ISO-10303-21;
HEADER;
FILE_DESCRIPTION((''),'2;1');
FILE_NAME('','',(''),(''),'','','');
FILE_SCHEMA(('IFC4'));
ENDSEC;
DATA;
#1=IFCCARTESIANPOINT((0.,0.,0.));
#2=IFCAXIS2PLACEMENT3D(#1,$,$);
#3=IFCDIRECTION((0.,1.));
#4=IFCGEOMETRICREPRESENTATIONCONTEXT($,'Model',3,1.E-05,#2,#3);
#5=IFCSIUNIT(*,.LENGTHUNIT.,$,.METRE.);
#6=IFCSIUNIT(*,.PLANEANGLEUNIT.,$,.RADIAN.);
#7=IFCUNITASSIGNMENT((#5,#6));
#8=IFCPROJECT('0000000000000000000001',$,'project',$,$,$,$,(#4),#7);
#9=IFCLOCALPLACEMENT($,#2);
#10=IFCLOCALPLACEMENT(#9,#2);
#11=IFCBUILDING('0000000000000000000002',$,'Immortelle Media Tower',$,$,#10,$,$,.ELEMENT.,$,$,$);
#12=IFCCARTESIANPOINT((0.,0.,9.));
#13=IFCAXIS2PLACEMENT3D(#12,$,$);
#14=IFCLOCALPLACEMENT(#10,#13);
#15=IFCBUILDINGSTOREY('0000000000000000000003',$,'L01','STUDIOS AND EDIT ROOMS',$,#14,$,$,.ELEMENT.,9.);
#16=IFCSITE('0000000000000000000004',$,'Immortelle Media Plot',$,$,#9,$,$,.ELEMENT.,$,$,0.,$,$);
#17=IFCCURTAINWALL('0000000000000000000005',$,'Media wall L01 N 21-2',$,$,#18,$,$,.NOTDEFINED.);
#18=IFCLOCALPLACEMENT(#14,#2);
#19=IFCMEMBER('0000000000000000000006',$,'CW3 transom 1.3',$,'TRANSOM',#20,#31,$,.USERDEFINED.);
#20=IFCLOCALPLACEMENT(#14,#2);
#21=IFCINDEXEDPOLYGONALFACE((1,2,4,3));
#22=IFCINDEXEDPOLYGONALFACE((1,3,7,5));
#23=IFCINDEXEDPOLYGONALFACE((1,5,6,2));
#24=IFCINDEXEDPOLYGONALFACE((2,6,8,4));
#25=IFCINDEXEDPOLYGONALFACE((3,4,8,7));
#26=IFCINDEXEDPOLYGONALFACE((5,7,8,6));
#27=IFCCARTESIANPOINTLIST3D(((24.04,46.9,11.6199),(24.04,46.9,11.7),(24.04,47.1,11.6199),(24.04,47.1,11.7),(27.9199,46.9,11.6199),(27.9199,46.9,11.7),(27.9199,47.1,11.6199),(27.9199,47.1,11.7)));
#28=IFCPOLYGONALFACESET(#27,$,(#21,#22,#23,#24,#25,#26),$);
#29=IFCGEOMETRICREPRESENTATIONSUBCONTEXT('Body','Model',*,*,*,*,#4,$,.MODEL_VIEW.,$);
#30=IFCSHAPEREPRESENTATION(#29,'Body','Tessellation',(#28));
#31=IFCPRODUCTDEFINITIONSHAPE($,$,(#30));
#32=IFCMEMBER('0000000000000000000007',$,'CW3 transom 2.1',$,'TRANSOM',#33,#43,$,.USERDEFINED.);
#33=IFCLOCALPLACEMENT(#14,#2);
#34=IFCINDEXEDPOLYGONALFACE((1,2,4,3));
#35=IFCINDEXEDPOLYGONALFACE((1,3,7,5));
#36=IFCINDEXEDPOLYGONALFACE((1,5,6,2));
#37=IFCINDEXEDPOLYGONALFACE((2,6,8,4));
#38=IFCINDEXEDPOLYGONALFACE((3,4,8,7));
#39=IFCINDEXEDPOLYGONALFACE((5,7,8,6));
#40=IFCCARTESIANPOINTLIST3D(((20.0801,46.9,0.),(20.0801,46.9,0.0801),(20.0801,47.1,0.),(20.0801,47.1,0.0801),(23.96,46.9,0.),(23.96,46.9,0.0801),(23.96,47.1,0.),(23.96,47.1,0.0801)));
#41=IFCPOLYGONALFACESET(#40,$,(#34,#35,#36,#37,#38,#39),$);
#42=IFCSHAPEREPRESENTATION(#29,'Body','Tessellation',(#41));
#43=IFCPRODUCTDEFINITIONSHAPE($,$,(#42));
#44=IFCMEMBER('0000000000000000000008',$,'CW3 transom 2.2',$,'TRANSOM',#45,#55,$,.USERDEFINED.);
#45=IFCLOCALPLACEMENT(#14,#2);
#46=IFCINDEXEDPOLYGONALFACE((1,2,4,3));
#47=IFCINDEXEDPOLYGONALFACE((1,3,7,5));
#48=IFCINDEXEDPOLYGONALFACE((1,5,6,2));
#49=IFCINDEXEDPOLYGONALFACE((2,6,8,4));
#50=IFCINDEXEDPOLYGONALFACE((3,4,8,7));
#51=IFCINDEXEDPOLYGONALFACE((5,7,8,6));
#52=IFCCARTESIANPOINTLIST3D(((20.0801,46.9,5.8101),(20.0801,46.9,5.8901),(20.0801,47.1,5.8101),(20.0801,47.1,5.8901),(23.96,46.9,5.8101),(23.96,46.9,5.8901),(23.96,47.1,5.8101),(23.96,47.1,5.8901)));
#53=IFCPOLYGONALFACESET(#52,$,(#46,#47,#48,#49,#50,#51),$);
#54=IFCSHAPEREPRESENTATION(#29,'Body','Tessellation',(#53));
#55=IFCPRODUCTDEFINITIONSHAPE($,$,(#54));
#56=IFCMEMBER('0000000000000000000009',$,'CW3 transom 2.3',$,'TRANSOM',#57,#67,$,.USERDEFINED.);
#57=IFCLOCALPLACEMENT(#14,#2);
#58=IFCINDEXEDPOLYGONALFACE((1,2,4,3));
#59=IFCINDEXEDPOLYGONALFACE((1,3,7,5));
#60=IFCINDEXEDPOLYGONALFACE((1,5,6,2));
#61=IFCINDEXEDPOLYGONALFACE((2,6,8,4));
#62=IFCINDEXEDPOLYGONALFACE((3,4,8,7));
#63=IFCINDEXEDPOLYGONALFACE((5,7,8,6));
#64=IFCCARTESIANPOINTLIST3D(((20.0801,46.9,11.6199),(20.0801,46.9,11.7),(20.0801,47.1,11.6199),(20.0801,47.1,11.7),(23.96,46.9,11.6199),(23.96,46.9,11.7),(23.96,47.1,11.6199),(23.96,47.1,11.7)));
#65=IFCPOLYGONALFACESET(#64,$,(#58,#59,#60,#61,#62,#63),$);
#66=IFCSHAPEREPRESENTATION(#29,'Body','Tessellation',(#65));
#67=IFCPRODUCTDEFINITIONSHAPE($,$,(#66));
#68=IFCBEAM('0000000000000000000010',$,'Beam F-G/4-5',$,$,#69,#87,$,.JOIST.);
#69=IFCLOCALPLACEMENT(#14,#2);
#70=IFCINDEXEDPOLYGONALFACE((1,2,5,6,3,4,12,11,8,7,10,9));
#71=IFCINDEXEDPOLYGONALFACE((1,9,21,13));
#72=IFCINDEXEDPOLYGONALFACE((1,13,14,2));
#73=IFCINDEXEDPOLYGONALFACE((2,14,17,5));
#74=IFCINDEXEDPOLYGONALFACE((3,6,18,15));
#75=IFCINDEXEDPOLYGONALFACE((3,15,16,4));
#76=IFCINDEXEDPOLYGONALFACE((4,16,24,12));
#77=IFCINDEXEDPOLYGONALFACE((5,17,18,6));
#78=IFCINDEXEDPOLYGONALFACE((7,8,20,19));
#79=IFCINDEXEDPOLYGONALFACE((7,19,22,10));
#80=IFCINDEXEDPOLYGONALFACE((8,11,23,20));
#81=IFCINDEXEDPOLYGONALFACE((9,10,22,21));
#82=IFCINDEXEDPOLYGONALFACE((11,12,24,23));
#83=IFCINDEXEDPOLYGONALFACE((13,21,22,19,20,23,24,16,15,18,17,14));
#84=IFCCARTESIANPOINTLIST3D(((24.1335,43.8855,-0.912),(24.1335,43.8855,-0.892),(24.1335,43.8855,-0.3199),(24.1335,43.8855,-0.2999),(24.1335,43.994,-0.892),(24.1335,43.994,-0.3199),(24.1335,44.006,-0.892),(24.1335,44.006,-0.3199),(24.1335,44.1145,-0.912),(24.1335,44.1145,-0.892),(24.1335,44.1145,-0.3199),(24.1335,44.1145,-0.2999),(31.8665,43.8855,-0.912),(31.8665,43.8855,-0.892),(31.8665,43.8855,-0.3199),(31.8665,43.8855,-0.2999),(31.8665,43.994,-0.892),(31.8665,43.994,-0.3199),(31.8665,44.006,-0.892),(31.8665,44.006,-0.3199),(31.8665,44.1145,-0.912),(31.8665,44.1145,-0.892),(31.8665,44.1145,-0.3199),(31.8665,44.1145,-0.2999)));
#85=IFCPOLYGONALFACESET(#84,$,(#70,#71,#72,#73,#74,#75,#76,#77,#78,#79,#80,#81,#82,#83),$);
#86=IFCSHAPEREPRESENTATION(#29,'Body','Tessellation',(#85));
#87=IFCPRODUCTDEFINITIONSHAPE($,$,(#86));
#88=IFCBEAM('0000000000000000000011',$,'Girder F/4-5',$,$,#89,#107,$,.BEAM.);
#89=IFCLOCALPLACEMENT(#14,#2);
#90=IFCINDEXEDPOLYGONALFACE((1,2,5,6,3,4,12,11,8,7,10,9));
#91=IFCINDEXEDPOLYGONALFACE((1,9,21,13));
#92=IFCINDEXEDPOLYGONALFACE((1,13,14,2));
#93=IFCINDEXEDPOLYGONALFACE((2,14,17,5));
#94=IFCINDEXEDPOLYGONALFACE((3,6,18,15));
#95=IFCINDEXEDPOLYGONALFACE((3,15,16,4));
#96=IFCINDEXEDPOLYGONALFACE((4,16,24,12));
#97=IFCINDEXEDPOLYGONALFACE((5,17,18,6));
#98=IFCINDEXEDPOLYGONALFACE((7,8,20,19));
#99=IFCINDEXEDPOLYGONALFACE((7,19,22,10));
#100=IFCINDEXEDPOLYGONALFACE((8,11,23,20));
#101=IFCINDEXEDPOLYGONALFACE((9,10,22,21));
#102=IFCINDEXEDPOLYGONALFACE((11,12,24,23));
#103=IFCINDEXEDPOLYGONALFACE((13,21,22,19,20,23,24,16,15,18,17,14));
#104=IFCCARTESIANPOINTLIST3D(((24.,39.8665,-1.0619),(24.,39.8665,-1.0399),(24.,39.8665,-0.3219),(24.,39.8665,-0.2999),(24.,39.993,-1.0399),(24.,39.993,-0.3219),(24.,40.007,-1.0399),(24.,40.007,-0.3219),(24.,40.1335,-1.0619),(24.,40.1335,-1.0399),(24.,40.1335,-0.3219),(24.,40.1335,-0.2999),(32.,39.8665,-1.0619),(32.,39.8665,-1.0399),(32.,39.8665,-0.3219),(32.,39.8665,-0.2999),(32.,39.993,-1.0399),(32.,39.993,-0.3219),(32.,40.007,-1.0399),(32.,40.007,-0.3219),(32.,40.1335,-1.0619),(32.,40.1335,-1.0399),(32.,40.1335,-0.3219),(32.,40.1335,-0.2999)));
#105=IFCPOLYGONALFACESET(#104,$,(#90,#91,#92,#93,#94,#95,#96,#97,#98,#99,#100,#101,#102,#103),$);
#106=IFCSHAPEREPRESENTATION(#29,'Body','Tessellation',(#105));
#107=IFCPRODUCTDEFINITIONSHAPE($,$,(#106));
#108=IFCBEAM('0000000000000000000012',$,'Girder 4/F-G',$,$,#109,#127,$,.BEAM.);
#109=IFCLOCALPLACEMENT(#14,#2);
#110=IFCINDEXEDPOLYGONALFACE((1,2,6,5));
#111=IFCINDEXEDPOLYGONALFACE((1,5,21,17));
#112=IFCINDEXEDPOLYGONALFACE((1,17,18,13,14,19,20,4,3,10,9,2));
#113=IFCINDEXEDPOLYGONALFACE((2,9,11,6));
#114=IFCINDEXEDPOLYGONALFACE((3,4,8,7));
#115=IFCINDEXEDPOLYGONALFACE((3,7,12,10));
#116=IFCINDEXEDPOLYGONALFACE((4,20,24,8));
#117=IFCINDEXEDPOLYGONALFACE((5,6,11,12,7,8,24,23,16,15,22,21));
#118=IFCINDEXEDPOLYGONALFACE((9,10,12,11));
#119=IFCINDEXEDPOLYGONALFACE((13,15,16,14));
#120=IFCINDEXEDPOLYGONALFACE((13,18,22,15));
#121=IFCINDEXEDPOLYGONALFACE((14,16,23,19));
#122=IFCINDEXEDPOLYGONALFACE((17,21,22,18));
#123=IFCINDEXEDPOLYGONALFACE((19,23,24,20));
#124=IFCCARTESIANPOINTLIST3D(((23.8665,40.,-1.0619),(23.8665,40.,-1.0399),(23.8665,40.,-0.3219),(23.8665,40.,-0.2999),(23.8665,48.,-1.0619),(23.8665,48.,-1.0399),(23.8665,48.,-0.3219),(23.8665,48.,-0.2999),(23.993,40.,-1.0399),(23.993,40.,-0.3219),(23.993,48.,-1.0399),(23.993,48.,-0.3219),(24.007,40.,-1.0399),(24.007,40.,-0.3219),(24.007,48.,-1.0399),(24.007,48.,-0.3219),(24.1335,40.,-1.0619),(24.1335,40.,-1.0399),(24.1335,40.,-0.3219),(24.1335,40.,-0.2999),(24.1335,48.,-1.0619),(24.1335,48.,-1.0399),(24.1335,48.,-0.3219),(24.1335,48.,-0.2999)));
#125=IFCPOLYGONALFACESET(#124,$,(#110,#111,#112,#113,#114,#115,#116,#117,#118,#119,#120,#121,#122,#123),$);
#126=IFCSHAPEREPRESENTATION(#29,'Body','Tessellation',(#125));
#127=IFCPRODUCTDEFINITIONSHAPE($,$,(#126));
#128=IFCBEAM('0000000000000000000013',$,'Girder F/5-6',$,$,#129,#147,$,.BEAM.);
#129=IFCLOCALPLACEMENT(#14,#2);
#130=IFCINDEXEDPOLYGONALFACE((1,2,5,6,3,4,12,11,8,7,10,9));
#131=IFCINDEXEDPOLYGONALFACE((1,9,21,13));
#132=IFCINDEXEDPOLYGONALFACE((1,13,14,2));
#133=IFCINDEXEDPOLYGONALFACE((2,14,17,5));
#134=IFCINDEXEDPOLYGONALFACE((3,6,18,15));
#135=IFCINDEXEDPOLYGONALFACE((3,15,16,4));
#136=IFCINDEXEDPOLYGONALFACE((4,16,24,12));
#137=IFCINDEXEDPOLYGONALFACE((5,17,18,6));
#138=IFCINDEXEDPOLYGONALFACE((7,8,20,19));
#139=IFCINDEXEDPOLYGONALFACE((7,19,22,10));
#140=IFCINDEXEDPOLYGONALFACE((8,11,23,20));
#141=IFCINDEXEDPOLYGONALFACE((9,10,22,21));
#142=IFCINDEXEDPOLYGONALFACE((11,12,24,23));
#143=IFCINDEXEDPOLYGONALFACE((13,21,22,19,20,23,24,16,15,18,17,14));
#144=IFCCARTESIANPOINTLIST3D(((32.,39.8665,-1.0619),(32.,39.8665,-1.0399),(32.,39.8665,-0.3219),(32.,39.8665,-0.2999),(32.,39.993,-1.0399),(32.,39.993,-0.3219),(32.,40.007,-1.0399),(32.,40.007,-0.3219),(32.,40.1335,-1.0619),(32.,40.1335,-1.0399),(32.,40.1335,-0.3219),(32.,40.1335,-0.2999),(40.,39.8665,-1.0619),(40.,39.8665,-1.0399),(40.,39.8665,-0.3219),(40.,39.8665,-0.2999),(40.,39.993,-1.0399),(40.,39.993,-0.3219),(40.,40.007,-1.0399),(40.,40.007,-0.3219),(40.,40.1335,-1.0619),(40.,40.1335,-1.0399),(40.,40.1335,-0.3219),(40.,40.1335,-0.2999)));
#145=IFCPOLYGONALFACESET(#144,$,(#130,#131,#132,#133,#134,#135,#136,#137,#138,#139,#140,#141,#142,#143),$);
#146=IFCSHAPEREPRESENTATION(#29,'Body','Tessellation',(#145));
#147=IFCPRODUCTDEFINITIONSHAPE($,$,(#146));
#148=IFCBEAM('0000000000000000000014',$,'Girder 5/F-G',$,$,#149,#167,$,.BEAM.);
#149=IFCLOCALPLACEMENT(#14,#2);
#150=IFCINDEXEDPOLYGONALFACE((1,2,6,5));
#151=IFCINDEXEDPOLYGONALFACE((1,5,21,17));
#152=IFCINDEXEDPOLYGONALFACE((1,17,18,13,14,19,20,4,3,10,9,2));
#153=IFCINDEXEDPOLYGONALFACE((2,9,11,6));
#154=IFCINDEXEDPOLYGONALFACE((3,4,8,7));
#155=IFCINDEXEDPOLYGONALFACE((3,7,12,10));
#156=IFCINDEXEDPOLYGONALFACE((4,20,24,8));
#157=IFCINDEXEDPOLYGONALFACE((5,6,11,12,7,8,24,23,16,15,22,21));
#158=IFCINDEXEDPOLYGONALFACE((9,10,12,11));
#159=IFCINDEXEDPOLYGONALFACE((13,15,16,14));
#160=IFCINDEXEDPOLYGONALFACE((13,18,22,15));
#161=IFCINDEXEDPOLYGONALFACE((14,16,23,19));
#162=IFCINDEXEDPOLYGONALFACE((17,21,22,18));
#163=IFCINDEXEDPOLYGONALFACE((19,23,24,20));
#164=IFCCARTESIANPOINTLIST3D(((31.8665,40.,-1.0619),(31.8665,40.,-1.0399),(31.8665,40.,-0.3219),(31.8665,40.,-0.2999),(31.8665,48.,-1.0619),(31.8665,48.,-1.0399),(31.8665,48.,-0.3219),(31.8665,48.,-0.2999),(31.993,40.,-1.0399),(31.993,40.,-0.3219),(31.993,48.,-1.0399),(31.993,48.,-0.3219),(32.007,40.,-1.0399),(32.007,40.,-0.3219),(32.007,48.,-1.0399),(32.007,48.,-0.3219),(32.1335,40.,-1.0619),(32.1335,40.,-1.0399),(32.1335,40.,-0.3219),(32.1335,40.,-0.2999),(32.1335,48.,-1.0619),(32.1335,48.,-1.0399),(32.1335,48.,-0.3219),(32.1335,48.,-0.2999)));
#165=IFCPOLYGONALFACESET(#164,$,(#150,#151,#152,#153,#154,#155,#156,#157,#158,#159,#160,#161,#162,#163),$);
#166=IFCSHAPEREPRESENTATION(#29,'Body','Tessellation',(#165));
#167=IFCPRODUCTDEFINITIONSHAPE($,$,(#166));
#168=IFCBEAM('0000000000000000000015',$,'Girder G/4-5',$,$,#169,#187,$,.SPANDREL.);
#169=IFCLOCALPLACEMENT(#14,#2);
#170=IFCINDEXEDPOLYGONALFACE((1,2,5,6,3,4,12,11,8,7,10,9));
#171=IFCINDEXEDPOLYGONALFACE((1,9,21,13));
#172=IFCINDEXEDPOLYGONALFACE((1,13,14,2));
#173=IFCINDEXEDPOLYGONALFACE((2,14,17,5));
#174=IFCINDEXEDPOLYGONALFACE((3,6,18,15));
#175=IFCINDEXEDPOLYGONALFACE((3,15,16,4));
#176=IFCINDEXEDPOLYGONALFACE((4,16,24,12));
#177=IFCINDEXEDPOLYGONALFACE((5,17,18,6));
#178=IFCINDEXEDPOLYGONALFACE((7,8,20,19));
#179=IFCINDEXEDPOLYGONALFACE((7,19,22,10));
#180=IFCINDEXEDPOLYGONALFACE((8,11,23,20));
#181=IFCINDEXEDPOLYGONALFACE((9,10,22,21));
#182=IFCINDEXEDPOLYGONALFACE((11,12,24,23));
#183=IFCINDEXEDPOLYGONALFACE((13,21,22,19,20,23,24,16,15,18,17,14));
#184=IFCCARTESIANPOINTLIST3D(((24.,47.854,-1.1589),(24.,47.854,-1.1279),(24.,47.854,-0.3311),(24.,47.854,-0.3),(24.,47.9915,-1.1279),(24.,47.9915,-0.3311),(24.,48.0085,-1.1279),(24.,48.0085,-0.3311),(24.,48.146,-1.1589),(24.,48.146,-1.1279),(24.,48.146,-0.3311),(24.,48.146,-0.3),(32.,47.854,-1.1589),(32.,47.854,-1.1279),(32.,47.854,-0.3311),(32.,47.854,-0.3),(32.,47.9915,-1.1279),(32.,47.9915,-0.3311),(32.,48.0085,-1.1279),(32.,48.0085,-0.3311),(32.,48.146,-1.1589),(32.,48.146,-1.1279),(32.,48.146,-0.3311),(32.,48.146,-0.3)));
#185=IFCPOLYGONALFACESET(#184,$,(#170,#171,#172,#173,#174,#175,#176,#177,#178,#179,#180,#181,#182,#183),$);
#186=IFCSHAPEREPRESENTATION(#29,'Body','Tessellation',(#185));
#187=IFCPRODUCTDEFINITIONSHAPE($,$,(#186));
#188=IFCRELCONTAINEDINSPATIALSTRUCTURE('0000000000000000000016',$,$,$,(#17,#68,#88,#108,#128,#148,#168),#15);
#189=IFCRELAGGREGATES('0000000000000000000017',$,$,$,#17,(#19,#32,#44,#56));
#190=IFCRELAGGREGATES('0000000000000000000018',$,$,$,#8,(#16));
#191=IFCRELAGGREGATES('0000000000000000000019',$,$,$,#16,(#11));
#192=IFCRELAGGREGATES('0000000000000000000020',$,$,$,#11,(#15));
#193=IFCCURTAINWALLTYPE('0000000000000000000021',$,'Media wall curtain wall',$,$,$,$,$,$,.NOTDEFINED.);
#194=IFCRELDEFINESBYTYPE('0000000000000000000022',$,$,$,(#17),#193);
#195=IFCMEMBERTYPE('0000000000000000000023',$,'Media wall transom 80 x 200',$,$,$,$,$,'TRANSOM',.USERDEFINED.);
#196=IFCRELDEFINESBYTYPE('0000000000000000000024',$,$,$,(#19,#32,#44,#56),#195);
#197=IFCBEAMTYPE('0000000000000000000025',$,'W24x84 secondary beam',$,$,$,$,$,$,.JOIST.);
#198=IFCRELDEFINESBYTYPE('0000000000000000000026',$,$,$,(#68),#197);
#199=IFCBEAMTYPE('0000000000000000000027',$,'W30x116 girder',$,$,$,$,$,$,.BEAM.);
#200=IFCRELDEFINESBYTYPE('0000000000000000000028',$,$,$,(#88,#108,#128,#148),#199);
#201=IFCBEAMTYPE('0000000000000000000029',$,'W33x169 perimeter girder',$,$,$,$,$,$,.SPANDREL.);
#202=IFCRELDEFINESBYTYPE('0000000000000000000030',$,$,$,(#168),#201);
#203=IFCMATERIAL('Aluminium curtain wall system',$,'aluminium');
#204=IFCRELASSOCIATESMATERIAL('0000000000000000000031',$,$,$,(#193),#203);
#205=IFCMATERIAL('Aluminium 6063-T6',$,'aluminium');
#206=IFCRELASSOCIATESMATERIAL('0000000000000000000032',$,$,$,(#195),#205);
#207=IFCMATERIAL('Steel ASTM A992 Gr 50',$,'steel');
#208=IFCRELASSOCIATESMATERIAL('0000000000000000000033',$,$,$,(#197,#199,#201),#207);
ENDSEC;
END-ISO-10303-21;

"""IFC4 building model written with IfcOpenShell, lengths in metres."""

from ifc_helpers import new_model, si_unit, direction, frame, origin, origin_2d, place, context, subcontext, project, spatial, rectangle, i_section, extrude, material, material_profile, profile_set, type_object, element, aggregate, save


model = new_model("IFC4")

# Units and contexts
model_context = context("Model", 3, precision=1e-05, world=origin(), true_north=direction((0.0, 1.0)))
body_context = subcontext(model_context, "Body", "Model", "MODEL_VIEW")
ifc_project = project(units=[si_unit("LENGTHUNIT", "METRE"), si_unit("PLANEANGLEUNIT", "RADIAN")], contexts=[model_context])

# Site, building, storey
site_placement = place(None, origin())
site = spatial("IfcSite", under=ifc_project, at=site_placement, Name="Immortelle Media Plot", CompositionType="ELEMENT", RefElevation=0.0)
building_placement = place(site_placement, origin())
building = spatial("IfcBuilding", under=site, at=building_placement, Name="Immortelle Media Tower", CompositionType="ELEMENT")
storey_placement = place(building_placement, frame((0.0, 0.0, 9.0)))
storey = spatial("IfcBuildingStorey", under=building, at=storey_placement, Name="L01", Description="STUDIOS AND EDIT ROOMS", CompositionType="ELEMENT", Elevation=9.0)

# Shared definitions
ifc_material_1 = material(Name="Steel ASTM A992 Gr 50", Category="steel")

# Curtain wall, members
ifc_material_2 = material(Name="Aluminium curtain wall system", Category="aluminium")
curtain_wall_type = type_object("IfcCurtainWallType", Name="Media wall curtain wall", PredefinedType="NOTDEFINED", material=ifc_material_2)
curtain_wall_placement = place(storey_placement, origin())
curtain_wall = element("IfcCurtainWall", 1, at=curtain_wall_placement, inside=storey, type_object=curtain_wall_type, Name="Media wall L01 N 21-2", PredefinedType="NOTDEFINED")
ifc_material_3 = material(Name="Aluminium 6063-T6", Category="aluminium")
ifc_material_profile_1 = material_profile(ifc_material_3, rectangle(XDim=0.2, YDim=0.0801, at=origin_2d()), Name="AL 80x200")
ifc_profile_set_1 = profile_set([ifc_material_profile_1], Name="Aluminium 6063-T6")
member_type_1 = type_object("IfcMemberType", Name="Media wall transom 80 x 200", ElementType="TRANSOM", PredefinedType="USERDEFINED", material=ifc_profile_set_1)
member_1_placement = place(storey_placement, frame((27.9199, 47.0, 11.6599), z_axis=(-1.0, 0.0, 0.0), x_axis=(0.0, -1.0, 0.0)))
member_1 = element("IfcMember", 2, at=member_1_placement, type_object=member_type_1, Name="CW3 transom 1.3", ObjectType="TRANSOM", PredefinedType="USERDEFINED", context=body_context, shape_type="SweptSolid", body=[
    extrude(rectangle(XDim=0.2, YDim=0.0801, at=origin_2d()), origin(), (0.0, 0.0, 1.0), 3.8799),
])
member_2_placement = place(storey_placement, frame((23.96, 47.0, 0.04), z_axis=(-1.0, 0.0, 0.0), x_axis=(0.0, -1.0, 0.0)))
member_2 = element("IfcMember", 3, at=member_2_placement, type_object=member_type_1, Name="CW3 transom 2.1", ObjectType="TRANSOM", PredefinedType="USERDEFINED", context=body_context, shape_type="SweptSolid", body=[
    extrude(rectangle(XDim=0.2, YDim=0.0801, at=origin_2d()), origin(), (0.0, 0.0, 1.0), 3.8799),
])
member_3_placement = place(storey_placement, frame((23.96, 47.0, 5.8501), z_axis=(-1.0, 0.0, 0.0), x_axis=(0.0, -1.0, 0.0)))
member_3 = element("IfcMember", 4, at=member_3_placement, type_object=member_type_1, Name="CW3 transom 2.2", ObjectType="TRANSOM", PredefinedType="USERDEFINED", context=body_context, shape_type="SweptSolid", body=[
    extrude(rectangle(XDim=0.2, YDim=0.0801, at=origin_2d()), origin(), (0.0, 0.0, 1.0), 3.8799),
])
member_4_placement = place(storey_placement, frame((23.96, 47.0, 11.6599), z_axis=(-1.0, 0.0, 0.0), x_axis=(0.0, -1.0, 0.0)))
member_4 = element("IfcMember", 5, at=member_4_placement, type_object=member_type_1, Name="CW3 transom 2.3", ObjectType="TRANSOM", PredefinedType="USERDEFINED", context=body_context, shape_type="SweptSolid", body=[
    extrude(rectangle(XDim=0.2, YDim=0.0801, at=origin_2d()), origin(), (0.0, 0.0, 1.0), 3.8799),
])

# Beams
ifc_material_profile_2 = material_profile(ifc_material_1, i_section(OverallWidth=0.229, OverallDepth=0.6121, WebThickness=0.012, FlangeThickness=0.02, at=origin_2d()), Name="W24x84")
ifc_profile_set_2 = profile_set([ifc_material_profile_2], Name="Steel ASTM A992 Gr 50")
beam_type_1 = type_object("IfcBeamType", Name="W24x84 secondary beam", PredefinedType="JOIST", material=ifc_profile_set_2)
beam_placement = place(storey_placement, frame((24.1335, 44.0, -0.606), z_axis=(1.0, 0.0, 0.0), x_axis=(0.0, 1.0, 0.0)))
element("IfcBeam", 6, at=beam_placement, inside=storey, type_object=beam_type_1, Name="Beam F-G/4-5", PredefinedType="JOIST", context=body_context, shape_type="SweptSolid", body=[
    extrude(i_section(OverallWidth=0.229, OverallDepth=0.6121, WebThickness=0.012, FlangeThickness=0.02, at=origin_2d()), origin(), (0.0, 0.0, 1.0), 7.7329),
])
ifc_material_profile_3 = material_profile(ifc_material_1, i_section(OverallWidth=0.2671, OverallDepth=0.762, WebThickness=0.0139, FlangeThickness=0.022, at=origin_2d()), Name="W30x116")
ifc_profile_set_3 = profile_set([ifc_material_profile_3], Name="Steel ASTM A992 Gr 50")
beam_type_2 = type_object("IfcBeamType", Name="W30x116 girder", PredefinedType="BEAM", material=ifc_profile_set_3)
for number, where, z_axis, x_axis, name in (
    (7, (24.0, 40.0, -0.6809), (1.0, 0.0, 0.0), (0.0, 1.0, 0.0), "Girder F/4-5"),
    (8, (24.0, 40.0, -0.6809), (0.0, 1.0, 0.0), (-1.0, 0.0, 0.0), "Girder 4/F-G"),
    (9, (32.0, 40.0, -0.6809), (1.0, 0.0, 0.0), (0.0, 1.0, 0.0), "Girder F/5-6"),
    (10, (32.0, 40.0, -0.6809), (0.0, 1.0, 0.0), (-1.0, 0.0, 0.0), "Girder 5/F-G"),
):
    element("IfcBeam", number, at=place(storey_placement, frame(where, z_axis=z_axis, x_axis=x_axis)), inside=storey, type_object=beam_type_2, Name=name, PredefinedType="BEAM", context=body_context, shape_type="SweptSolid", body=[
        extrude(i_section(OverallWidth=0.2671, OverallDepth=0.762, WebThickness=0.0139, FlangeThickness=0.022, at=origin_2d()), origin(), (0.0, 0.0, 1.0), 8.0),
    ])
ifc_material_profile_4 = material_profile(ifc_material_1, i_section(OverallWidth=0.292, OverallDepth=0.8589, WebThickness=0.0171, FlangeThickness=0.031, at=origin_2d()), Name="W33x169")
ifc_profile_set_4 = profile_set([ifc_material_profile_4], Name="Steel ASTM A992 Gr 50")
beam_type_3 = type_object("IfcBeamType", Name="W33x169 perimeter girder", PredefinedType="SPANDREL", material=ifc_profile_set_4)
for number, where, z_axis, x_axis, name in (
    (11, (24.0, 48.0, -0.7295), (1.0, 0.0, 0.0), (0.0, 1.0, 0.0), "Girder G/4-5"),
):
    element("IfcBeam", number, at=place(storey_placement, frame(where, z_axis=z_axis, x_axis=x_axis)), inside=storey, type_object=beam_type_3, Name=name, PredefinedType="SPANDREL", context=body_context, shape_type="SweptSolid", body=[
        extrude(i_section(OverallWidth=0.292, OverallDepth=0.8589, WebThickness=0.0171, FlangeThickness=0.031, at=origin_2d()), origin(), (0.0, 0.0, 1.0), 8.0),
    ])

aggregate(curtain_wall, [member_1, member_2, member_3, member_4])

save(model, "model.ifc")
